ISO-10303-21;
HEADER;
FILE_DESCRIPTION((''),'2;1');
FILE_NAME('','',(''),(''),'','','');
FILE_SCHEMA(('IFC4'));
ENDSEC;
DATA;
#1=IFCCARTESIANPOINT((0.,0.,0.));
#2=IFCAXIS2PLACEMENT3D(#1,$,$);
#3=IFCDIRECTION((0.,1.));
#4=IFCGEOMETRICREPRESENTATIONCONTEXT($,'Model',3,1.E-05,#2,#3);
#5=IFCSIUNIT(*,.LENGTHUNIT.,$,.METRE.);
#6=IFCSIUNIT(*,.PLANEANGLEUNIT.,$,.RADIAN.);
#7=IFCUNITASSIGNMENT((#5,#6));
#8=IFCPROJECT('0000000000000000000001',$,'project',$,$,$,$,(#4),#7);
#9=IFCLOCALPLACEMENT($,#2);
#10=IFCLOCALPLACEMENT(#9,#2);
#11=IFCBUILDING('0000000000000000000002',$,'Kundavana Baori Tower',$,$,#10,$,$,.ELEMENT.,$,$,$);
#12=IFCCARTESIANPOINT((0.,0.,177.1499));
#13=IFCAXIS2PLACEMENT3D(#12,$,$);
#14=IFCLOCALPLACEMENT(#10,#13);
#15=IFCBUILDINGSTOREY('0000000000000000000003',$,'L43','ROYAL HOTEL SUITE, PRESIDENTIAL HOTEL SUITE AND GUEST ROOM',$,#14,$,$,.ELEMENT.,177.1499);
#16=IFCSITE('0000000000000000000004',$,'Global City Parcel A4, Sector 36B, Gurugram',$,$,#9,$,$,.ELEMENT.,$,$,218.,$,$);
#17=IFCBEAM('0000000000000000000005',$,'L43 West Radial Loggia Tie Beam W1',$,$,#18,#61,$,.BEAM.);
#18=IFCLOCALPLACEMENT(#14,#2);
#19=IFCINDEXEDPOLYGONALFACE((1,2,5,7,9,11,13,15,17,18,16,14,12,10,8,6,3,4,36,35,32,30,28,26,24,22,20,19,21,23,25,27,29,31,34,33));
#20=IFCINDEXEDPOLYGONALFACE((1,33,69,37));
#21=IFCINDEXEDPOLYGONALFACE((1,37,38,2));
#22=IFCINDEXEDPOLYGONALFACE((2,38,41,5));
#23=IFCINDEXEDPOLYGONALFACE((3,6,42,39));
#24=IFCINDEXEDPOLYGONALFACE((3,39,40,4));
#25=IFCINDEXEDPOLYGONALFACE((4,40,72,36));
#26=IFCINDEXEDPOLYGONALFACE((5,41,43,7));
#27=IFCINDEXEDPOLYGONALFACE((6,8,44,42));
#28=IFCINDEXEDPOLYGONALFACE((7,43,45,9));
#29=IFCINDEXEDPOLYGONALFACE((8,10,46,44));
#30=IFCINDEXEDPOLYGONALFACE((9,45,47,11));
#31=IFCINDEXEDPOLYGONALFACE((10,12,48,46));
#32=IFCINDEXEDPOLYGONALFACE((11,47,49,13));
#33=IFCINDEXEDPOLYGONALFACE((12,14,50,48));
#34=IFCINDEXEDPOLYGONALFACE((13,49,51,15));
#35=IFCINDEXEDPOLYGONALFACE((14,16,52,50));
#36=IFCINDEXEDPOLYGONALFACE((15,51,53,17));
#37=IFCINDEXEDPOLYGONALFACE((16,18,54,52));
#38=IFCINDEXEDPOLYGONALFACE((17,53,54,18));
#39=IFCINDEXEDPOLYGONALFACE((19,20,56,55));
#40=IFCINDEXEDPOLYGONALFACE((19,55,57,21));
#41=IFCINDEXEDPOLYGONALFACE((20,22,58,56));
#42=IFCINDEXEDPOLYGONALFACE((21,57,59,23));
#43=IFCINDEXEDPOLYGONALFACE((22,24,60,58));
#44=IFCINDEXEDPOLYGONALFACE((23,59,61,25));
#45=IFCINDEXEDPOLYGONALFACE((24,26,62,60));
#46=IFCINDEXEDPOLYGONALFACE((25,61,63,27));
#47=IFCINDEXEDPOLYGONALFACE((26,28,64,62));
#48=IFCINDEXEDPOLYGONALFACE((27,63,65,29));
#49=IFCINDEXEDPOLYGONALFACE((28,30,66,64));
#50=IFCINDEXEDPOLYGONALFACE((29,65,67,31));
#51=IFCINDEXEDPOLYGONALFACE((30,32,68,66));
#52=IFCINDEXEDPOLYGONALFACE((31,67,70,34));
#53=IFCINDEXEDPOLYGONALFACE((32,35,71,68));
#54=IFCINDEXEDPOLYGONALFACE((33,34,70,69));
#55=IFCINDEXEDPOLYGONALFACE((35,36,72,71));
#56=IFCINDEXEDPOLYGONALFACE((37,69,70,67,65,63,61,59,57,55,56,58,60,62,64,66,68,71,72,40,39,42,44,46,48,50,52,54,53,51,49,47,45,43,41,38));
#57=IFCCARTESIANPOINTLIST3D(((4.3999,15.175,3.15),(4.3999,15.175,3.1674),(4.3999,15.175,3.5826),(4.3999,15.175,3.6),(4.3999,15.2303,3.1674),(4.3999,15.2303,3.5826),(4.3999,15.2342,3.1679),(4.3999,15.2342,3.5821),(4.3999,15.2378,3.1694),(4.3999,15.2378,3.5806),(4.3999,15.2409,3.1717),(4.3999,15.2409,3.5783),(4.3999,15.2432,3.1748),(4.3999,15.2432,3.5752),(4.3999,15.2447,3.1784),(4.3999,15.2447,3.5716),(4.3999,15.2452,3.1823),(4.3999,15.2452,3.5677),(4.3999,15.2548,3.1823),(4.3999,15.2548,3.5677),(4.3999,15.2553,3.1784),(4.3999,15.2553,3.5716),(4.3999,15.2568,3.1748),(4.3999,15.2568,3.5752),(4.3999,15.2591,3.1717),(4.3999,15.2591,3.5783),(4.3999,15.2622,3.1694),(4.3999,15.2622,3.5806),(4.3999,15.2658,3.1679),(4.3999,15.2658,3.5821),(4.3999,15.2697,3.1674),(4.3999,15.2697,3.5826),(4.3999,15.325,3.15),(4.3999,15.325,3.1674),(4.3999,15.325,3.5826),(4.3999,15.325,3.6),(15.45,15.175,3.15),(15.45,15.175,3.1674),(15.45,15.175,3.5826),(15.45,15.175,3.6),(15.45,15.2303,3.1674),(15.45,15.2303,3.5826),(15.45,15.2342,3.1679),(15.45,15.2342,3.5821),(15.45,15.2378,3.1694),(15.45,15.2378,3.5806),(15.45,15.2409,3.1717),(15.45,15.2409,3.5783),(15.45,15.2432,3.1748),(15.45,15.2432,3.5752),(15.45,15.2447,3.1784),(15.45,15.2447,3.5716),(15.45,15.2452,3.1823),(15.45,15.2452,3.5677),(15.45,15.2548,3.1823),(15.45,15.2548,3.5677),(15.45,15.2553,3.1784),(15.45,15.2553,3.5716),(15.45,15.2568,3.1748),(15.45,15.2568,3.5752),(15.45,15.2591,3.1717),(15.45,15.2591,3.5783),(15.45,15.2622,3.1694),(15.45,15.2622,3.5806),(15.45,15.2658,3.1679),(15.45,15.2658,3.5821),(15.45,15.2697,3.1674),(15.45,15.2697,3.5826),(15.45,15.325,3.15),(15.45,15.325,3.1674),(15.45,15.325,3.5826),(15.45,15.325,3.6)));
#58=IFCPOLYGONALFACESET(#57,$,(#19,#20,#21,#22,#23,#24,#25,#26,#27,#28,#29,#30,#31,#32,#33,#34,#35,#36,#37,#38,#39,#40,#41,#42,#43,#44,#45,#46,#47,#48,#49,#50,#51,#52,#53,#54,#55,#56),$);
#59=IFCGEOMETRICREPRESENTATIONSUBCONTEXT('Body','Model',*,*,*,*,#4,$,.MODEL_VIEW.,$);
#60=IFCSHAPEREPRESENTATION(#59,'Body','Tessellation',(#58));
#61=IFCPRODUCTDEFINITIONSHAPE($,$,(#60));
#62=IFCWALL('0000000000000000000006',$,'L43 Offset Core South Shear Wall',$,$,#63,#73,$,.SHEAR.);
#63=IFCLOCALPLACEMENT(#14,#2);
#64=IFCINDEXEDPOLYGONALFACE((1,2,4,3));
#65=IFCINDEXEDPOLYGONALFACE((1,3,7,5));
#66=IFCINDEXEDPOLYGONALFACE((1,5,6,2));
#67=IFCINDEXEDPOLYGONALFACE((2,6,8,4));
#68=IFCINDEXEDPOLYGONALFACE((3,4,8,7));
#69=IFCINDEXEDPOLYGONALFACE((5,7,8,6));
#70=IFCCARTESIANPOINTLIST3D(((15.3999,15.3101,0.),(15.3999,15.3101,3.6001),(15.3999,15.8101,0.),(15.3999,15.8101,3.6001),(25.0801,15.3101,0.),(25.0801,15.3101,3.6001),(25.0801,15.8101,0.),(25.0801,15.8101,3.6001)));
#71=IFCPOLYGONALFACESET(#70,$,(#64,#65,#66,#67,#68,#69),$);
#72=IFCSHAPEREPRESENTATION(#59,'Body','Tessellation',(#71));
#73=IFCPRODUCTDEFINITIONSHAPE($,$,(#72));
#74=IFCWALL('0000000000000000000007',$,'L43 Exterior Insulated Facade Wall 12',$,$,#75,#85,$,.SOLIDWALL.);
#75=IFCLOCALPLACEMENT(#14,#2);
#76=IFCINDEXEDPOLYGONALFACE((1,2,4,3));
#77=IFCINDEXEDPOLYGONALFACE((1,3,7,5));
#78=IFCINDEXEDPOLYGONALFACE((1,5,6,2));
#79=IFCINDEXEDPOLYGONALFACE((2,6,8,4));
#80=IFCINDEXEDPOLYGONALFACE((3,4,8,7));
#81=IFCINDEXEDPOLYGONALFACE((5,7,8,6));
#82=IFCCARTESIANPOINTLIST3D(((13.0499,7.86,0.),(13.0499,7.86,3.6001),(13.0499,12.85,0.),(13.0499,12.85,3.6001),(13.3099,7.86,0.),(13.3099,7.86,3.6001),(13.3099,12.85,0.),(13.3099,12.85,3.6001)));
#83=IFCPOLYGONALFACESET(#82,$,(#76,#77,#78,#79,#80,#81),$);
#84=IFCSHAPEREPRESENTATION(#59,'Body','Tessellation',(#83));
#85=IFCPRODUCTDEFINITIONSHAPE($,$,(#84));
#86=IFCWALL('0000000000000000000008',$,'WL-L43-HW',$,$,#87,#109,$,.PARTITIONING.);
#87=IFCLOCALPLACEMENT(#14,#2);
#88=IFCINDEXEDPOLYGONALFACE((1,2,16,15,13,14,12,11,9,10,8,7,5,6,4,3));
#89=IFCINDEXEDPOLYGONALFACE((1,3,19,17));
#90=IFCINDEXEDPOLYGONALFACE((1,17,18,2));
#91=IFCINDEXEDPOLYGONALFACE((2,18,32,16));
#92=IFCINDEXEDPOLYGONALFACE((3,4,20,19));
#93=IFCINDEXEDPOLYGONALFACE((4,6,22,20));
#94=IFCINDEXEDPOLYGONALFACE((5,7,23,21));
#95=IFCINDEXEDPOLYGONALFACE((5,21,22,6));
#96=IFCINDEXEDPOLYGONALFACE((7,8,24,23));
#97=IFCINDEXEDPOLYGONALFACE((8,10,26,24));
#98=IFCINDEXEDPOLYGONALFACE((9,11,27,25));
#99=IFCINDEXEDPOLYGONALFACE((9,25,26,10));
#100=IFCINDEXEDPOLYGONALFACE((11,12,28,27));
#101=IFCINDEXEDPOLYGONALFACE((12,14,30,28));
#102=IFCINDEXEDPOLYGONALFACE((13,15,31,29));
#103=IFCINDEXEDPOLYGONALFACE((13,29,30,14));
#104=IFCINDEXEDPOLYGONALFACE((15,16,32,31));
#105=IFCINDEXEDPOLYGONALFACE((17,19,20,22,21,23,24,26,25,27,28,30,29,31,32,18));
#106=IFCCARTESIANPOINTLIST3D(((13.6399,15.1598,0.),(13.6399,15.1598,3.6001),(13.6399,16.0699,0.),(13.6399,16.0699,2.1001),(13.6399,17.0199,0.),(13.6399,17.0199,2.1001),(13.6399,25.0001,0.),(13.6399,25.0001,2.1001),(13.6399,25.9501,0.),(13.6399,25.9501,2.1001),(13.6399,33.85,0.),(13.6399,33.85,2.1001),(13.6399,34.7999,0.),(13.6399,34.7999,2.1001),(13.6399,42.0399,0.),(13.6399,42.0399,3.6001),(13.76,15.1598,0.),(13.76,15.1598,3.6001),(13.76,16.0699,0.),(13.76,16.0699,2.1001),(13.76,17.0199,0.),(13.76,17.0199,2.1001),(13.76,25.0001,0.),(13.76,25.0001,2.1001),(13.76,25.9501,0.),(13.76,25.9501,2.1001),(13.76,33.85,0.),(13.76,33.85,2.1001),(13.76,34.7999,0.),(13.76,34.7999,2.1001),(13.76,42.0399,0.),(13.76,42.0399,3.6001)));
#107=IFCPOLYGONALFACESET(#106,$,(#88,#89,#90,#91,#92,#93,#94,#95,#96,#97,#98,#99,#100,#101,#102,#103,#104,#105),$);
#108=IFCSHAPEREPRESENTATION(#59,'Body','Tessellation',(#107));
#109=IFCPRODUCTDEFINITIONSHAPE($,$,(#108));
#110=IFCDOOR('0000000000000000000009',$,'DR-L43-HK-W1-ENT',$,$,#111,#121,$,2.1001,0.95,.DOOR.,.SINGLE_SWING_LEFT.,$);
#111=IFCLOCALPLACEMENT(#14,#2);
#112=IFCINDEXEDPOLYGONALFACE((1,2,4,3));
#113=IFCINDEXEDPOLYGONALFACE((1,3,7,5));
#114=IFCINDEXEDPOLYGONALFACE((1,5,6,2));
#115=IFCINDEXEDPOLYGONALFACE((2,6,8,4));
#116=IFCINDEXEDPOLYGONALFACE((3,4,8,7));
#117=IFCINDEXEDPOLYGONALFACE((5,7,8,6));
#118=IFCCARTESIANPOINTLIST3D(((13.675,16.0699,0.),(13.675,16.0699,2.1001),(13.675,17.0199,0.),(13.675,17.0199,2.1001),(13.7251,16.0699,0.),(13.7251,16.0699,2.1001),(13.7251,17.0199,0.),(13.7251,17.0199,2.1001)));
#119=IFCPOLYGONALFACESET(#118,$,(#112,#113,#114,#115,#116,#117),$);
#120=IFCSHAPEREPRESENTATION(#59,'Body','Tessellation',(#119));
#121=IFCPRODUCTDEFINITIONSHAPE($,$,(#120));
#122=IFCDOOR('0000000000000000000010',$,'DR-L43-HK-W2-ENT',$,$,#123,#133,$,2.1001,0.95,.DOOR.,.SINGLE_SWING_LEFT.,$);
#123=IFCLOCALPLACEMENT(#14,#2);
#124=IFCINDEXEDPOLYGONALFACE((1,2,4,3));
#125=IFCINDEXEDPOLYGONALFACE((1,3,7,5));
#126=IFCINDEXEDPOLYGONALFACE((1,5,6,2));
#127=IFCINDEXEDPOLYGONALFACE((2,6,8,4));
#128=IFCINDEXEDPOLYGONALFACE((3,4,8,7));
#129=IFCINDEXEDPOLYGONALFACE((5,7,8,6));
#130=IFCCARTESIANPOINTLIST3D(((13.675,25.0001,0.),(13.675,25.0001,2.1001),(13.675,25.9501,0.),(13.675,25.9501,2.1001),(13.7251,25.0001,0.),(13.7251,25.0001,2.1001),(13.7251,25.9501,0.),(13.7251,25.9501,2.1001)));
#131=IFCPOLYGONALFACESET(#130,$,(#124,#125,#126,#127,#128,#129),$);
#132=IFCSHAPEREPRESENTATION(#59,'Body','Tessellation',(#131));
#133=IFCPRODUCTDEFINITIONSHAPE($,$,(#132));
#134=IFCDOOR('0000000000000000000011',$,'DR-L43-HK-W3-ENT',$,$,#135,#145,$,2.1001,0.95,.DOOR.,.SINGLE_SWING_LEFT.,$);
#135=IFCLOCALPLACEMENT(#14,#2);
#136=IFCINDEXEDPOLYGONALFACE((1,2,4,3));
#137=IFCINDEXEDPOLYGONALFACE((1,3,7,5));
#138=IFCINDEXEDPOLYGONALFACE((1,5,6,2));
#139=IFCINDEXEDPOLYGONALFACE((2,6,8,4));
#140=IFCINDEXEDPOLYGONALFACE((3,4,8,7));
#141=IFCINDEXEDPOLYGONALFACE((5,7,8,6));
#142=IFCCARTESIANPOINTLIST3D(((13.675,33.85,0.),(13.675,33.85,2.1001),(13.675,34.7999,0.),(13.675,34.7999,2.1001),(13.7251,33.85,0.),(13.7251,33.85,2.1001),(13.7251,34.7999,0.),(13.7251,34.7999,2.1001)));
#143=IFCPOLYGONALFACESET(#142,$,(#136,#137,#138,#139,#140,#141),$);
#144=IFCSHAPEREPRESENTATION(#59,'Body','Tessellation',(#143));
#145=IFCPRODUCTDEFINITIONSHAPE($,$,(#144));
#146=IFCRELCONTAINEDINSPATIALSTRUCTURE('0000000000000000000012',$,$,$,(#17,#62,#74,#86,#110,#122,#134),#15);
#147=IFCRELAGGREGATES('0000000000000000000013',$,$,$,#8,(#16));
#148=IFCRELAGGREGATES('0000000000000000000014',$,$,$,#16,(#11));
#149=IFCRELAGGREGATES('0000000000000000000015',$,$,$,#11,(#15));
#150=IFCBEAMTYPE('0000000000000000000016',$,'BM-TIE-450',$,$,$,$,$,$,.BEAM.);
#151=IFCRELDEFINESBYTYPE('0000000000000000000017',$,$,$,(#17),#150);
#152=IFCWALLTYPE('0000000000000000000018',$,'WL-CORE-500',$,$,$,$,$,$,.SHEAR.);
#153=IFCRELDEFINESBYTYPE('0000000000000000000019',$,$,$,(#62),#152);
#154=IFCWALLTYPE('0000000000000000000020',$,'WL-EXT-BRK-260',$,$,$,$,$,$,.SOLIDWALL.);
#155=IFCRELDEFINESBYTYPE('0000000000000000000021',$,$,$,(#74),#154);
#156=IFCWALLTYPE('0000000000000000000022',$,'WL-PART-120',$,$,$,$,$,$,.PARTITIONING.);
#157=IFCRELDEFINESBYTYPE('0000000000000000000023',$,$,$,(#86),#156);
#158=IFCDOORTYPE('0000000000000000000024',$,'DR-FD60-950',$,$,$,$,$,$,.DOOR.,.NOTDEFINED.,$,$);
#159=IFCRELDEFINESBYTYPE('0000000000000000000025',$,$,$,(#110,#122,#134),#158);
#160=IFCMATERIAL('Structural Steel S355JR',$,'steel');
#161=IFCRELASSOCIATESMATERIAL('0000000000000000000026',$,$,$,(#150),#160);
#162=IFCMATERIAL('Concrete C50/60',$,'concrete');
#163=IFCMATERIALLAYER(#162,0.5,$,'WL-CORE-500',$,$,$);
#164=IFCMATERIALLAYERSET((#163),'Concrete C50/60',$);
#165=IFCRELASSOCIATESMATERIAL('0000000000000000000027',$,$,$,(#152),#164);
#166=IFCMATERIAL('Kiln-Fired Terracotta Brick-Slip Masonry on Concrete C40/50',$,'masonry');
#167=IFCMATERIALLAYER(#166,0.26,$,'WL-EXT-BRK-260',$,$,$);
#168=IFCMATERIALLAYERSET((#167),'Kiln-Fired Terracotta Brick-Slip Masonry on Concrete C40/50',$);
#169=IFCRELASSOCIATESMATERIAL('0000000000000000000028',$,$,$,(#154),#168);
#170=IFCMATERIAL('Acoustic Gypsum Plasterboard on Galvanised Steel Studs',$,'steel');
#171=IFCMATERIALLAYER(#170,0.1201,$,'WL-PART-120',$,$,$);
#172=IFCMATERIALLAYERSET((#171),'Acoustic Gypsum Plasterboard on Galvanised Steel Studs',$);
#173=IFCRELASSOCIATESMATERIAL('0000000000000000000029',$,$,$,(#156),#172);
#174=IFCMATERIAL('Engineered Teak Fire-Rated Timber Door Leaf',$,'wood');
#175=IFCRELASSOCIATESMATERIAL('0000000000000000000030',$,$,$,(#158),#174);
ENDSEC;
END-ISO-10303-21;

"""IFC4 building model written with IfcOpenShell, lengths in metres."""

from ifc_helpers import new_model, si_unit, direction, frame, frame_2d, origin, origin_2d, place, context, subcontext, project, spatial, rectangle, i_section, extrude, material, layer, layer_set, material_profile, profile_set, type_object, element, fill, save


model = new_model("IFC4")

# Units and contexts
model_context = context("Model", 3, precision=1e-05, world=origin(), true_north=direction((0.0, 1.0)))
body_context = subcontext(model_context, "Body", "Model", "MODEL_VIEW")
ifc_project = project(units=[si_unit("LENGTHUNIT", "METRE"), si_unit("PLANEANGLEUNIT", "RADIAN")], contexts=[model_context])

# Site, building, storey
site_placement = place(None, origin())
site = spatial("IfcSite", under=ifc_project, at=site_placement, Name="Global City Parcel A4, Sector 36B, Gurugram", CompositionType="ELEMENT", RefElevation=218.0)
building_placement = place(site_placement, origin())
building = spatial("IfcBuilding", under=site, at=building_placement, Name="Kundavana Baori Tower", CompositionType="ELEMENT")
storey_placement = place(building_placement, frame((0.0, 0.0, 177.1499)))
storey = spatial("IfcBuildingStorey", under=building, at=storey_placement, Name="L43", Description="ROYAL HOTEL SUITE, PRESIDENTIAL HOTEL SUITE AND GUEST ROOM", CompositionType="ELEMENT", Elevation=177.1499)

# Beam
ifc_material_1 = material(Name="Structural Steel S355JR", Category="steel")
ifc_material_profile_1 = material_profile(ifc_material_1, i_section(OverallWidth=0.1499, OverallDepth=0.45, WebThickness=0.0095, FlangeThickness=0.0173, FilletRadius=0.0149, at=origin_2d()), Name="ISMB 450")
ifc_profile_set_1 = profile_set([ifc_material_profile_1], Name="Structural Steel S355JR")
beam_type_1 = type_object("IfcBeamType", Name="BM-TIE-450", PredefinedType="BEAM", material=ifc_profile_set_1)
for number, where, z_axis, x_axis, name in (
    (1, (15.45, 15.25, 3.375), (-1.0, 0.0, 0.0), (0.0, -1.0, 0.0), "L43 West Radial Loggia Tie Beam W1"),
):
    element("IfcBeam", number, at=place(storey_placement, frame(where, z_axis=z_axis, x_axis=x_axis)), inside=storey, type_object=beam_type_1, Name=name, PredefinedType="BEAM", context=body_context, shape_type="SweptSolid", body=[
        extrude(i_section(OverallWidth=0.1499, OverallDepth=0.45, WebThickness=0.0095, FlangeThickness=0.0173, FilletRadius=0.0149, at=origin_2d()), origin(), (0.0, 0.0, 1.0), 11.05),
    ])

# Walls
ifc_material_2 = material(Name="Concrete C50/60", Category="concrete")
ifc_layer_1 = layer(ifc_material_2, 0.5, Name="WL-CORE-500")
ifc_layer_set_1 = layer_set([ifc_layer_1], Name="Concrete C50/60")
wall_type_1 = type_object("IfcWallType", Name="WL-CORE-500", PredefinedType="SHEAR", material=ifc_layer_set_1)
wall_1_placement = place(storey_placement, frame((15.3999, 15.5601, 0.0), z_axis=(0.0, 0.0, 1.0), x_axis=(1.0, 0.0, 0.0)))
element("IfcWall", 2, at=wall_1_placement, inside=storey, type_object=wall_type_1, Name="L43 Offset Core South Shear Wall", PredefinedType="SHEAR", context=body_context, shape_type="SweptSolid", body=[
    extrude(rectangle(XDim=9.6802, YDim=0.5, at=frame_2d((4.8401, 0.0))), origin(), (0.0, 0.0, 1.0), 3.6001),
])
ifc_material_3 = material(Name="Kiln-Fired Terracotta Brick-Slip Masonry on Concrete C40/50", Category="masonry")
ifc_layer_2 = layer(ifc_material_3, 0.26, Name="WL-EXT-BRK-260")
ifc_layer_set_2 = layer_set([ifc_layer_2], Name="Kiln-Fired Terracotta Brick-Slip Masonry on Concrete C40/50")
wall_type_2 = type_object("IfcWallType", Name="WL-EXT-BRK-260", PredefinedType="SOLIDWALL", material=ifc_layer_set_2)
wall_2_placement = place(storey_placement, frame((13.1799, 12.8501, 0.0), z_axis=(0.0, 0.0, 1.0), x_axis=(0.0, -1.0, 0.0)))
element("IfcWall", 3, at=wall_2_placement, inside=storey, type_object=wall_type_2, Name="L43 Exterior Insulated Facade Wall 12", PredefinedType="SOLIDWALL", context=body_context, shape_type="SweptSolid", body=[
    extrude(rectangle(XDim=4.99, YDim=0.26, at=frame_2d((2.4951, 0.0))), origin(), (0.0, 0.0, 1.0), 3.6001),
])

# Wall, openings, doors
ifc_material_4 = material(Name="Acoustic Gypsum Plasterboard on Galvanised Steel Studs", Category="steel")
ifc_layer_3 = layer(ifc_material_4, 0.1201, Name="WL-PART-120")
ifc_layer_set_3 = layer_set([ifc_layer_3], Name="Acoustic Gypsum Plasterboard on Galvanised Steel Studs")
wall_type_3 = type_object("IfcWallType", Name="WL-PART-120", PredefinedType="PARTITIONING", material=ifc_layer_set_3)
wall_3_placement = place(storey_placement, frame((13.7, 15.1599, 0.0), z_axis=(0.0, 0.0, 1.0), x_axis=(0.0, 1.0, 0.0)))
wall_3 = element("IfcWall", 4, at=wall_3_placement, inside=storey, type_object=wall_type_3, Name="WL-L43-HW", PredefinedType="PARTITIONING", context=body_context, shape_type="SweptSolid", body=[
    extrude(rectangle(XDim=26.8801, YDim=0.1201, at=frame_2d((13.4399, 0.0))), origin(), (0.0, 0.0, 1.0), 3.6001),
])
opening_1_placement = place(wall_3_placement, frame((0.9099, 0.0, 0.0)))
opening_1 = element("IfcOpeningElement", 5, at=opening_1_placement, cuts=wall_3, PredefinedType="OPENING", context=body_context, shape_type="SweptSolid", body=[
    extrude(rectangle(XDim=0.95, YDim=2.1001, at=frame_2d((0.4751, 1.05))), frame((0.0, 0.0701, 0.0), z_axis=(0.0, -1.0, 0.0), x_axis=(1.0, 0.0, 0.0)), (0.0, 0.0, 1.0), 0.1401),
])
opening_2_placement = place(wall_3_placement, frame((9.8401, 0.0, 0.0)))
opening_2 = element("IfcOpeningElement", 6, at=opening_2_placement, cuts=wall_3, PredefinedType="OPENING", context=body_context, shape_type="SweptSolid", body=[
    extrude(rectangle(XDim=0.95, YDim=2.1001, at=frame_2d((0.4751, 1.05))), frame((0.0, 0.0701, 0.0), z_axis=(0.0, -1.0, 0.0), x_axis=(1.0, 0.0, 0.0)), (0.0, 0.0, 1.0), 0.1401),
])
opening_3_placement = place(wall_3_placement, frame((18.6899, 0.0, 0.0)))
opening_3 = element("IfcOpeningElement", 7, at=opening_3_placement, cuts=wall_3, PredefinedType="OPENING", context=body_context, shape_type="SweptSolid", body=[
    extrude(rectangle(XDim=0.95, YDim=2.1001, at=frame_2d((0.4751, 1.05))), frame((0.0, 0.0701, 0.0), z_axis=(0.0, -1.0, 0.0), x_axis=(1.0, 0.0, 0.0)), (0.0, 0.0, 1.0), 0.1401),
])
ifc_material_5 = material(Name="Engineered Teak Fire-Rated Timber Door Leaf", Category="wood")
door_type_1 = type_object("IfcDoorType", Name="DR-FD60-950", OperationType="NOTDEFINED", PredefinedType="DOOR", material=ifc_material_5)
door_1_placement = place(opening_1_placement, origin())
door_1 = element("IfcDoor", 8, at=door_1_placement, inside=storey, type_object=door_type_1, Name="DR-L43-HK-W1-ENT", OperationType="SINGLE_SWING_LEFT", OverallHeight=2.1001, OverallWidth=0.95, PredefinedType="DOOR", context=body_context, shape_type="SweptSolid", body=[
    extrude(rectangle(XDim=0.95, YDim=2.1001, at=frame_2d((0.4751, 1.05))), frame((0.0, 0.0249, 0.0), z_axis=(0.0, -1.0, 0.0), x_axis=(1.0, 0.0, 0.0)), (0.0, 0.0, 1.0), 0.05),
])
fill(opening_1, door_1)
door_2_placement = place(opening_2_placement, origin())
door_2 = element("IfcDoor", 9, at=door_2_placement, inside=storey, type_object=door_type_1, Name="DR-L43-HK-W2-ENT", OperationType="SINGLE_SWING_LEFT", OverallHeight=2.1001, OverallWidth=0.95, PredefinedType="DOOR", context=body_context, shape_type="SweptSolid", body=[
    extrude(rectangle(XDim=0.95, YDim=2.1001, at=frame_2d((0.4751, 1.05))), frame((0.0, 0.0249, 0.0), z_axis=(0.0, -1.0, 0.0), x_axis=(1.0, 0.0, 0.0)), (0.0, 0.0, 1.0), 0.05),
])
fill(opening_2, door_2)
door_3_placement = place(opening_3_placement, origin())
door_3 = element("IfcDoor", 10, at=door_3_placement, inside=storey, type_object=door_type_1, Name="DR-L43-HK-W3-ENT", OperationType="SINGLE_SWING_LEFT", OverallHeight=2.1001, OverallWidth=0.95, PredefinedType="DOOR", context=body_context, shape_type="SweptSolid", body=[
    extrude(rectangle(XDim=0.95, YDim=2.1001, at=frame_2d((0.4751, 1.05))), frame((0.0, 0.0249, 0.0), z_axis=(0.0, -1.0, 0.0), x_axis=(1.0, 0.0, 0.0)), (0.0, 0.0, 1.0), 0.05),
])
fill(opening_3, door_3)

save(model, "model.ifc")
